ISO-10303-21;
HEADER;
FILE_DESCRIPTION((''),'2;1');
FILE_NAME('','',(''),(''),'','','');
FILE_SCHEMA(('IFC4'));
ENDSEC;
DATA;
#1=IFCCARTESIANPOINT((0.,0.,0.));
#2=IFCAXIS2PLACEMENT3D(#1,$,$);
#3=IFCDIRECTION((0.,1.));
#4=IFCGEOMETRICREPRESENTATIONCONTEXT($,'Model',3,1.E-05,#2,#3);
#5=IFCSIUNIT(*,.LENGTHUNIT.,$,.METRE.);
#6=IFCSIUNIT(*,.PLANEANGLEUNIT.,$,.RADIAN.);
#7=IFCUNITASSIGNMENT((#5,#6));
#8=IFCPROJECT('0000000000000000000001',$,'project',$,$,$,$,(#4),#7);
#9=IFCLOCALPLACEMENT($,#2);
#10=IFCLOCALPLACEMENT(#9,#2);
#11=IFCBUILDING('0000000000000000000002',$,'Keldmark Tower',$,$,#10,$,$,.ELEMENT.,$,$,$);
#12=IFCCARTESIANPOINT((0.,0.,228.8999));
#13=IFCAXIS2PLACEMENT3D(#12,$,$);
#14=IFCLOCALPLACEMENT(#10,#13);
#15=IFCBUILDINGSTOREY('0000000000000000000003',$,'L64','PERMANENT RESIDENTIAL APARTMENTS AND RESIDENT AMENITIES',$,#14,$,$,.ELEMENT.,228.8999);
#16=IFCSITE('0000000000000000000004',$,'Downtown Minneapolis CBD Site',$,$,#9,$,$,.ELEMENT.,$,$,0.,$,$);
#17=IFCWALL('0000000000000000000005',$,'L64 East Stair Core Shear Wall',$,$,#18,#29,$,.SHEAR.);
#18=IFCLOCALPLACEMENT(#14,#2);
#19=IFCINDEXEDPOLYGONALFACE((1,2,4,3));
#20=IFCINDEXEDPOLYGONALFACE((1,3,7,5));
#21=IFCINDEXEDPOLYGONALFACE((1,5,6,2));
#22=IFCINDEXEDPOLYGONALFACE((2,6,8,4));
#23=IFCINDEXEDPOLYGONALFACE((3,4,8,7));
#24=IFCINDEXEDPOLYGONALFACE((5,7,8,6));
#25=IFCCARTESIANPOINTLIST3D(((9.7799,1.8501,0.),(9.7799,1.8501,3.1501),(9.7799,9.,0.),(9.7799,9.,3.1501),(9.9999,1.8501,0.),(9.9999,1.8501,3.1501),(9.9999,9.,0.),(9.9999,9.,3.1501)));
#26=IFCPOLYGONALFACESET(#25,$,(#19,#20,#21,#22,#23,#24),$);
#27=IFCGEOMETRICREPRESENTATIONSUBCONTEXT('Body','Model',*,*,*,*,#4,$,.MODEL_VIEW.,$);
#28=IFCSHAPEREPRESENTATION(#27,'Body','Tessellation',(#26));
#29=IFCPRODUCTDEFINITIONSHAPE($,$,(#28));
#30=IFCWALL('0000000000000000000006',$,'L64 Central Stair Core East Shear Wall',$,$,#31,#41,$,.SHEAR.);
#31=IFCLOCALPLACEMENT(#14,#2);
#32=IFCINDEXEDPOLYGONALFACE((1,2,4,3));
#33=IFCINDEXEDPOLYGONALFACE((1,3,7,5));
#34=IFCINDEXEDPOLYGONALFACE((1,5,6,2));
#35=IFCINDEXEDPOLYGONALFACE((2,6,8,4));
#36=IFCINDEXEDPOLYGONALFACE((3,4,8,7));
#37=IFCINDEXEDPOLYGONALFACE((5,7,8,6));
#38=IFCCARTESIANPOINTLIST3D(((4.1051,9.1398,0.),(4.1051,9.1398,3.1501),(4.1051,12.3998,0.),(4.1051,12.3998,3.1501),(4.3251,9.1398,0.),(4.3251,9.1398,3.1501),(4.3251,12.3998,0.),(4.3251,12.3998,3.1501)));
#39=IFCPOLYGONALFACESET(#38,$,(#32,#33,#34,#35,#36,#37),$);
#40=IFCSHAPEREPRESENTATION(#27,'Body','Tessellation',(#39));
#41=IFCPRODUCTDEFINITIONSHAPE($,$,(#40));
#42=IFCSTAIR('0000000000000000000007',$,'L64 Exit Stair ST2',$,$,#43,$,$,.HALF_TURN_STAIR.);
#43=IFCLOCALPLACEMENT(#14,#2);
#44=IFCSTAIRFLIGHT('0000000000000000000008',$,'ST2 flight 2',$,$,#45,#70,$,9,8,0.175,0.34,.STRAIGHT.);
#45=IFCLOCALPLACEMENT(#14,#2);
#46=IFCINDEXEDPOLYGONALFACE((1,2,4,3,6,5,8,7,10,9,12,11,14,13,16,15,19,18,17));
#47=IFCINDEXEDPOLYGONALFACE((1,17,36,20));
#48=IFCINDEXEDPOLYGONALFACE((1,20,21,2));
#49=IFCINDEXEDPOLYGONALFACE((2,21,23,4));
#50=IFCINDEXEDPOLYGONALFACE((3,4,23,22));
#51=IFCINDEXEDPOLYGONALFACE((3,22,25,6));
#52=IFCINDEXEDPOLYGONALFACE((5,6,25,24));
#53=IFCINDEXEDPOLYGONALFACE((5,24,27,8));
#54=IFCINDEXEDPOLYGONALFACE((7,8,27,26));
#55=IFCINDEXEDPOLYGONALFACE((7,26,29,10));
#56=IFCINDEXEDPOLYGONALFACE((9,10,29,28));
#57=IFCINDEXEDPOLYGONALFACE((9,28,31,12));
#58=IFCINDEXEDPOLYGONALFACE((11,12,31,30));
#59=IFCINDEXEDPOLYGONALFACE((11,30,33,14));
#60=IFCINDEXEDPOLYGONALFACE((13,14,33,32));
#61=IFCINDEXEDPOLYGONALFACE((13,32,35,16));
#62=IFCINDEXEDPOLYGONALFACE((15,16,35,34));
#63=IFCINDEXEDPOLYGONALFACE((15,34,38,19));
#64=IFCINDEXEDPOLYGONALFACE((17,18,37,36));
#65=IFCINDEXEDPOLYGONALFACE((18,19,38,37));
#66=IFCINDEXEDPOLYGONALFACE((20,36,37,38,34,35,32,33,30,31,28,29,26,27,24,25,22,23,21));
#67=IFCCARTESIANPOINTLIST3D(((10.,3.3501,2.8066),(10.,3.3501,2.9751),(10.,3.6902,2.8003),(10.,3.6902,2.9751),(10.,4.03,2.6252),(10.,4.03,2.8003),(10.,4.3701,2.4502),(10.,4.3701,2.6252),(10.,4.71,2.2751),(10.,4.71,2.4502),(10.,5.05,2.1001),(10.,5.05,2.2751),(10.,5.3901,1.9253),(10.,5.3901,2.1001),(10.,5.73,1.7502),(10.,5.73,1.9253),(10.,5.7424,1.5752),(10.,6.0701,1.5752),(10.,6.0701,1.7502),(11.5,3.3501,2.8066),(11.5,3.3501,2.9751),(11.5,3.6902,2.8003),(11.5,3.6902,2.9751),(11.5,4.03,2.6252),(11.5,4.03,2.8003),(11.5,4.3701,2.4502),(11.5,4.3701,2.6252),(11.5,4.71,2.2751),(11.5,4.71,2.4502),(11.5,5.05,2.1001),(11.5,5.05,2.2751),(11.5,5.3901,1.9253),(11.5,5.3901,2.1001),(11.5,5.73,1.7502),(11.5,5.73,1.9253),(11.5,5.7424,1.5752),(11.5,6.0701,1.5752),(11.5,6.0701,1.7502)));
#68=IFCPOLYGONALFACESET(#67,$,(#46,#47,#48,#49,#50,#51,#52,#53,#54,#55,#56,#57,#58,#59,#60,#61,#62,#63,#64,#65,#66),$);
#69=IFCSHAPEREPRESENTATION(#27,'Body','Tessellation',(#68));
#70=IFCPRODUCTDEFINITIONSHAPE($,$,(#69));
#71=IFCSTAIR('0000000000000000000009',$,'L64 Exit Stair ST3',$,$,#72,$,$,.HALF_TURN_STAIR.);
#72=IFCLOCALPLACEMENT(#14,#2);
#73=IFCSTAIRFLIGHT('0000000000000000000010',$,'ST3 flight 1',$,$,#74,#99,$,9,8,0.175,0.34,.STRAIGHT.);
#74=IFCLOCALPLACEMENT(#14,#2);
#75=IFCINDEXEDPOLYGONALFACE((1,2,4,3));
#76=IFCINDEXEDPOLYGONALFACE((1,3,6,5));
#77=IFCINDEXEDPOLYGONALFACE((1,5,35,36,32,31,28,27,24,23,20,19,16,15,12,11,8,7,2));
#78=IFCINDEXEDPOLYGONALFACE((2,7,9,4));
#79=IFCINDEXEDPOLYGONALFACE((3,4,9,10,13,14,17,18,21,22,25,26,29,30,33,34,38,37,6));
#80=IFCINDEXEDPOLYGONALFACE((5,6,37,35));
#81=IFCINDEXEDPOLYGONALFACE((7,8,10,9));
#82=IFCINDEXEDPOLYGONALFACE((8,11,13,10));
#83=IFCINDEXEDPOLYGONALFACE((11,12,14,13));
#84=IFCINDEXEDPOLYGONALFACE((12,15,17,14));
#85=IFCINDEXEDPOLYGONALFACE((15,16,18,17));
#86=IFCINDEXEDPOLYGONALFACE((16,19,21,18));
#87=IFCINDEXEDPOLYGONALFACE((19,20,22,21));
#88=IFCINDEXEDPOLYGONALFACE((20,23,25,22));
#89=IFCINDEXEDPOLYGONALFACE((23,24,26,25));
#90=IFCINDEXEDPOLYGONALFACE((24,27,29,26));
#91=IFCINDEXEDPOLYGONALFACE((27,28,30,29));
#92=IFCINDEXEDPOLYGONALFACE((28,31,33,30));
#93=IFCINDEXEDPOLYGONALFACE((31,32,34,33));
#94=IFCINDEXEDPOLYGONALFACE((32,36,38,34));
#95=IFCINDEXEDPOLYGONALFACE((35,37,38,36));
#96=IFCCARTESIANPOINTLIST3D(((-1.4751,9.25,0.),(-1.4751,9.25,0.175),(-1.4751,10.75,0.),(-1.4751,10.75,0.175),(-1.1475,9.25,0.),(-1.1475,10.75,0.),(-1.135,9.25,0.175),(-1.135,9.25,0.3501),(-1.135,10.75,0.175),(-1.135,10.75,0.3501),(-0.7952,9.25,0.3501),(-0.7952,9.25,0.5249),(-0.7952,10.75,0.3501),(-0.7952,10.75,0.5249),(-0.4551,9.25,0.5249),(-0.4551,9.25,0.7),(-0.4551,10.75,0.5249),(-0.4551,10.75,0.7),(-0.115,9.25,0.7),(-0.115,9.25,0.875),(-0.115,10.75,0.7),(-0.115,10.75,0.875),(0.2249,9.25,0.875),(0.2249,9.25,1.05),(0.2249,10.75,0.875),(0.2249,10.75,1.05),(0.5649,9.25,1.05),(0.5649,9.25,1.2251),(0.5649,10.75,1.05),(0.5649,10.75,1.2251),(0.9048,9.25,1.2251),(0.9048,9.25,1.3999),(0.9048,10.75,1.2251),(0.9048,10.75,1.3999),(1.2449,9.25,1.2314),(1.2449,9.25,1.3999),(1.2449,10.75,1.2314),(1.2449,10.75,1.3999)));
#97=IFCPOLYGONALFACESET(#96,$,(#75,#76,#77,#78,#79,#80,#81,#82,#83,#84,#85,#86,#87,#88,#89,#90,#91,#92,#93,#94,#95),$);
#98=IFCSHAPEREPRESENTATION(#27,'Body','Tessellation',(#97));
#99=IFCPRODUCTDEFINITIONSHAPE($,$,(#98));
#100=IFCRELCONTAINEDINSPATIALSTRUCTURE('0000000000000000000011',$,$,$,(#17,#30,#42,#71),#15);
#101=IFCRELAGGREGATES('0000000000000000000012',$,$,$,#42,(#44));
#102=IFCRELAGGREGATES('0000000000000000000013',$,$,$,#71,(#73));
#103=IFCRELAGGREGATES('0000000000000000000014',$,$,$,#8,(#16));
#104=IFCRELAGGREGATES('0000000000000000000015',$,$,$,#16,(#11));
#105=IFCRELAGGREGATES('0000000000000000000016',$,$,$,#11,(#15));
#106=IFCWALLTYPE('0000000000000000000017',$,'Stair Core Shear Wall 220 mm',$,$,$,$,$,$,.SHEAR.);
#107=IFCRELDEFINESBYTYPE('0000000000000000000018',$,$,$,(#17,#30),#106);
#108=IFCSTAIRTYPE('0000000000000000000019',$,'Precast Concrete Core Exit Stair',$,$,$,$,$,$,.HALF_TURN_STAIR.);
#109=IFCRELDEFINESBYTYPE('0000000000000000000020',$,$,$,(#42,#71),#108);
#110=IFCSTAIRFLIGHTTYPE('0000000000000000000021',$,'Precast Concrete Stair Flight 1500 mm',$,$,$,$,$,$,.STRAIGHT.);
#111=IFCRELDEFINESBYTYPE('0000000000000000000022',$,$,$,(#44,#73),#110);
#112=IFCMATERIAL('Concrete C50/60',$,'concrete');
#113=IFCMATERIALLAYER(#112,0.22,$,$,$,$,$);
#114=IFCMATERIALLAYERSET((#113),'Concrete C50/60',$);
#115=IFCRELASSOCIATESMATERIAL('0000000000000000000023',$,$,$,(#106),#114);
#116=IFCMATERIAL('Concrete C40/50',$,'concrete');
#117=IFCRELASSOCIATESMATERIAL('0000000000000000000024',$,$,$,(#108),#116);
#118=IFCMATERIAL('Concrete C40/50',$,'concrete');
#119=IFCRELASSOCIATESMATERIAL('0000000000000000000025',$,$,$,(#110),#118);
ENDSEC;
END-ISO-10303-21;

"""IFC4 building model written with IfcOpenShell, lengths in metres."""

from ifc_helpers import new_model, si_unit, direction, frame, frame_2d, origin, place, context, subcontext, project, spatial, polyline, rectangle, outline, extrude, material, layer, layer_set, type_object, element, aggregate, save


model = new_model("IFC4")

# Units and contexts
model_context = context("Model", 3, precision=1e-05, world=origin(), true_north=direction((0.0, 1.0)))
body_context = subcontext(model_context, "Body", "Model", "MODEL_VIEW")
ifc_project = project(units=[si_unit("LENGTHUNIT", "METRE"), si_unit("PLANEANGLEUNIT", "RADIAN")], contexts=[model_context])

# Site, building, storey
site_placement = place(None, origin())
site = spatial("IfcSite", under=ifc_project, at=site_placement, Name="Downtown Minneapolis CBD Site", CompositionType="ELEMENT", RefElevation=0.0)
building_placement = place(site_placement, origin())
building = spatial("IfcBuilding", under=site, at=building_placement, Name="Keldmark Tower", CompositionType="ELEMENT")
storey_placement = place(building_placement, frame((0.0, 0.0, 228.8999)))
storey = spatial("IfcBuildingStorey", under=building, at=storey_placement, Name="L64", Description="PERMANENT RESIDENTIAL APARTMENTS AND RESIDENT AMENITIES", CompositionType="ELEMENT", Elevation=228.8999)

# Walls
ifc_material_1 = material(Name="Concrete C50/60", Category="concrete")
ifc_layer_1 = layer(ifc_material_1, 0.22)
ifc_layer_set_1 = layer_set([ifc_layer_1], Name="Concrete C50/60")
wall_type_1 = type_object("IfcWallType", Name="Stair Core Shear Wall 220 mm", PredefinedType="SHEAR", material=ifc_layer_set_1)
wall_1_placement = place(storey_placement, frame((9.8899, 1.8501, 0.0), z_axis=(0.0, 0.0, 1.0), x_axis=(0.0, 1.0, 0.0)))
element("IfcWall", 1, at=wall_1_placement, inside=storey, type_object=wall_type_1, Name="L64 East Stair Core Shear Wall", PredefinedType="SHEAR", context=body_context, shape_type="SweptSolid", body=[
    extrude(rectangle(XDim=7.1499, YDim=0.22, at=frame_2d((3.575, 0.0))), origin(), (0.0, 0.0, 1.0), 3.1501),
])
wall_2_placement = place(storey_placement, frame((4.2151, 9.1399, 0.0), z_axis=(0.0, 0.0, 1.0), x_axis=(0.0, 1.0, 0.0)))
element("IfcWall", 2, at=wall_2_placement, inside=storey, type_object=wall_type_1, Name="L64 Central Stair Core East Shear Wall", PredefinedType="SHEAR", context=body_context, shape_type="SweptSolid", body=[
    extrude(rectangle(XDim=3.26, YDim=0.22, at=frame_2d((1.6299, 0.0))), origin(), (0.0, 0.0, 1.0), 3.1501),
])

# Stairs, stair flights
ifc_material_2 = material(Name="Concrete C40/50", Category="concrete")
stair_type = type_object("IfcStairType", Name="Precast Concrete Core Exit Stair", PredefinedType="HALF_TURN_STAIR", material=ifc_material_2)
stair_1_placement = place(storey_placement, origin())
stair_1 = element("IfcStair", 3, at=stair_1_placement, inside=storey, type_object=stair_type, Name="L64 Exit Stair ST2", PredefinedType="HALF_TURN_STAIR")
ifc_material_3 = material(Name="Concrete C40/50", Category="concrete")
stair_flight_type = type_object("IfcStairFlightType", Name="Precast Concrete Stair Flight 1500 mm", PredefinedType="STRAIGHT", material=ifc_material_3)
stair_flight_1_placement = place(storey_placement, frame((10.75, 6.0701, 1.5752), z_axis=(0.0, 0.0, 1.0), x_axis=(0.0, -1.0, 0.0)))
stair_flight_1 = element("IfcStairFlight", 4, at=stair_flight_1_placement, type_object=stair_flight_type, Name="ST2 flight 2", NumberOfRisers=9, NumberOfTreads=8, PredefinedType="STRAIGHT", RiserHeight=0.175, TreadLength=0.34, context=body_context, shape_type="SweptSolid", body=[
    extrude(outline(polyline([(0.0, 0.0), (0.0, 0.175), (0.3401, 0.175), (0.3401, 0.3501), (0.6799, 0.3501), (0.6799, 0.5249), (1.02, 0.5249), (1.02, 0.7), (1.3601, 0.7), (1.3601, 0.875), (1.7, 0.875), (1.7, 1.05), (2.04, 1.05), (2.04, 1.2251), (2.3799, 1.2251), (2.3799, 1.3999), (2.72, 1.3999), (2.72, 1.575), (2.72, 1.2314), (0.3276, 0.0), (0.0, 0.0)])), frame((0.0, 0.75, 0.0), z_axis=(0.0, -1.0, 0.0), x_axis=(1.0, 0.0, 0.0)), (0.0, 0.0, 1.0), 1.5),
])
aggregate(stair_1, [stair_flight_1])
stair_2_placement = place(storey_placement, origin())
stair_2 = element("IfcStair", 5, at=stair_2_placement, inside=storey, type_object=stair_type, Name="L64 Exit Stair ST3", PredefinedType="HALF_TURN_STAIR")
stair_flight_2_placement = place(storey_placement, frame((-1.4751, 10.0, 0.0), z_axis=(0.0, 0.0, 1.0), x_axis=(1.0, 0.0, 0.0)))
stair_flight_2 = element("IfcStairFlight", 6, at=stair_flight_2_placement, type_object=stair_flight_type, Name="ST3 flight 1", NumberOfRisers=9, NumberOfTreads=8, PredefinedType="STRAIGHT", RiserHeight=0.175, TreadLength=0.34, context=body_context, shape_type="SweptSolid", body=[
    extrude(outline(polyline([(0.0, 0.0), (0.0, 0.175), (0.3401, 0.175), (0.3401, 0.3501), (0.6799, 0.3501), (0.6799, 0.5249), (1.02, 0.5249), (1.02, 0.7), (1.3601, 0.7), (1.3601, 0.875), (1.7, 0.875), (1.7, 1.05), (2.04, 1.05), (2.04, 1.2251), (2.3799, 1.2251), (2.3799, 1.3999), (2.72, 1.3999), (2.72, 1.575), (2.72, 1.2314), (0.3276, 0.0), (0.0, 0.0)])), frame((0.0, 0.75, 0.0), z_axis=(0.0, -1.0, 0.0), x_axis=(1.0, 0.0, 0.0)), (0.0, 0.0, 1.0), 1.5),
])
aggregate(stair_2, [stair_flight_2])

save(model, "model.ifc")
